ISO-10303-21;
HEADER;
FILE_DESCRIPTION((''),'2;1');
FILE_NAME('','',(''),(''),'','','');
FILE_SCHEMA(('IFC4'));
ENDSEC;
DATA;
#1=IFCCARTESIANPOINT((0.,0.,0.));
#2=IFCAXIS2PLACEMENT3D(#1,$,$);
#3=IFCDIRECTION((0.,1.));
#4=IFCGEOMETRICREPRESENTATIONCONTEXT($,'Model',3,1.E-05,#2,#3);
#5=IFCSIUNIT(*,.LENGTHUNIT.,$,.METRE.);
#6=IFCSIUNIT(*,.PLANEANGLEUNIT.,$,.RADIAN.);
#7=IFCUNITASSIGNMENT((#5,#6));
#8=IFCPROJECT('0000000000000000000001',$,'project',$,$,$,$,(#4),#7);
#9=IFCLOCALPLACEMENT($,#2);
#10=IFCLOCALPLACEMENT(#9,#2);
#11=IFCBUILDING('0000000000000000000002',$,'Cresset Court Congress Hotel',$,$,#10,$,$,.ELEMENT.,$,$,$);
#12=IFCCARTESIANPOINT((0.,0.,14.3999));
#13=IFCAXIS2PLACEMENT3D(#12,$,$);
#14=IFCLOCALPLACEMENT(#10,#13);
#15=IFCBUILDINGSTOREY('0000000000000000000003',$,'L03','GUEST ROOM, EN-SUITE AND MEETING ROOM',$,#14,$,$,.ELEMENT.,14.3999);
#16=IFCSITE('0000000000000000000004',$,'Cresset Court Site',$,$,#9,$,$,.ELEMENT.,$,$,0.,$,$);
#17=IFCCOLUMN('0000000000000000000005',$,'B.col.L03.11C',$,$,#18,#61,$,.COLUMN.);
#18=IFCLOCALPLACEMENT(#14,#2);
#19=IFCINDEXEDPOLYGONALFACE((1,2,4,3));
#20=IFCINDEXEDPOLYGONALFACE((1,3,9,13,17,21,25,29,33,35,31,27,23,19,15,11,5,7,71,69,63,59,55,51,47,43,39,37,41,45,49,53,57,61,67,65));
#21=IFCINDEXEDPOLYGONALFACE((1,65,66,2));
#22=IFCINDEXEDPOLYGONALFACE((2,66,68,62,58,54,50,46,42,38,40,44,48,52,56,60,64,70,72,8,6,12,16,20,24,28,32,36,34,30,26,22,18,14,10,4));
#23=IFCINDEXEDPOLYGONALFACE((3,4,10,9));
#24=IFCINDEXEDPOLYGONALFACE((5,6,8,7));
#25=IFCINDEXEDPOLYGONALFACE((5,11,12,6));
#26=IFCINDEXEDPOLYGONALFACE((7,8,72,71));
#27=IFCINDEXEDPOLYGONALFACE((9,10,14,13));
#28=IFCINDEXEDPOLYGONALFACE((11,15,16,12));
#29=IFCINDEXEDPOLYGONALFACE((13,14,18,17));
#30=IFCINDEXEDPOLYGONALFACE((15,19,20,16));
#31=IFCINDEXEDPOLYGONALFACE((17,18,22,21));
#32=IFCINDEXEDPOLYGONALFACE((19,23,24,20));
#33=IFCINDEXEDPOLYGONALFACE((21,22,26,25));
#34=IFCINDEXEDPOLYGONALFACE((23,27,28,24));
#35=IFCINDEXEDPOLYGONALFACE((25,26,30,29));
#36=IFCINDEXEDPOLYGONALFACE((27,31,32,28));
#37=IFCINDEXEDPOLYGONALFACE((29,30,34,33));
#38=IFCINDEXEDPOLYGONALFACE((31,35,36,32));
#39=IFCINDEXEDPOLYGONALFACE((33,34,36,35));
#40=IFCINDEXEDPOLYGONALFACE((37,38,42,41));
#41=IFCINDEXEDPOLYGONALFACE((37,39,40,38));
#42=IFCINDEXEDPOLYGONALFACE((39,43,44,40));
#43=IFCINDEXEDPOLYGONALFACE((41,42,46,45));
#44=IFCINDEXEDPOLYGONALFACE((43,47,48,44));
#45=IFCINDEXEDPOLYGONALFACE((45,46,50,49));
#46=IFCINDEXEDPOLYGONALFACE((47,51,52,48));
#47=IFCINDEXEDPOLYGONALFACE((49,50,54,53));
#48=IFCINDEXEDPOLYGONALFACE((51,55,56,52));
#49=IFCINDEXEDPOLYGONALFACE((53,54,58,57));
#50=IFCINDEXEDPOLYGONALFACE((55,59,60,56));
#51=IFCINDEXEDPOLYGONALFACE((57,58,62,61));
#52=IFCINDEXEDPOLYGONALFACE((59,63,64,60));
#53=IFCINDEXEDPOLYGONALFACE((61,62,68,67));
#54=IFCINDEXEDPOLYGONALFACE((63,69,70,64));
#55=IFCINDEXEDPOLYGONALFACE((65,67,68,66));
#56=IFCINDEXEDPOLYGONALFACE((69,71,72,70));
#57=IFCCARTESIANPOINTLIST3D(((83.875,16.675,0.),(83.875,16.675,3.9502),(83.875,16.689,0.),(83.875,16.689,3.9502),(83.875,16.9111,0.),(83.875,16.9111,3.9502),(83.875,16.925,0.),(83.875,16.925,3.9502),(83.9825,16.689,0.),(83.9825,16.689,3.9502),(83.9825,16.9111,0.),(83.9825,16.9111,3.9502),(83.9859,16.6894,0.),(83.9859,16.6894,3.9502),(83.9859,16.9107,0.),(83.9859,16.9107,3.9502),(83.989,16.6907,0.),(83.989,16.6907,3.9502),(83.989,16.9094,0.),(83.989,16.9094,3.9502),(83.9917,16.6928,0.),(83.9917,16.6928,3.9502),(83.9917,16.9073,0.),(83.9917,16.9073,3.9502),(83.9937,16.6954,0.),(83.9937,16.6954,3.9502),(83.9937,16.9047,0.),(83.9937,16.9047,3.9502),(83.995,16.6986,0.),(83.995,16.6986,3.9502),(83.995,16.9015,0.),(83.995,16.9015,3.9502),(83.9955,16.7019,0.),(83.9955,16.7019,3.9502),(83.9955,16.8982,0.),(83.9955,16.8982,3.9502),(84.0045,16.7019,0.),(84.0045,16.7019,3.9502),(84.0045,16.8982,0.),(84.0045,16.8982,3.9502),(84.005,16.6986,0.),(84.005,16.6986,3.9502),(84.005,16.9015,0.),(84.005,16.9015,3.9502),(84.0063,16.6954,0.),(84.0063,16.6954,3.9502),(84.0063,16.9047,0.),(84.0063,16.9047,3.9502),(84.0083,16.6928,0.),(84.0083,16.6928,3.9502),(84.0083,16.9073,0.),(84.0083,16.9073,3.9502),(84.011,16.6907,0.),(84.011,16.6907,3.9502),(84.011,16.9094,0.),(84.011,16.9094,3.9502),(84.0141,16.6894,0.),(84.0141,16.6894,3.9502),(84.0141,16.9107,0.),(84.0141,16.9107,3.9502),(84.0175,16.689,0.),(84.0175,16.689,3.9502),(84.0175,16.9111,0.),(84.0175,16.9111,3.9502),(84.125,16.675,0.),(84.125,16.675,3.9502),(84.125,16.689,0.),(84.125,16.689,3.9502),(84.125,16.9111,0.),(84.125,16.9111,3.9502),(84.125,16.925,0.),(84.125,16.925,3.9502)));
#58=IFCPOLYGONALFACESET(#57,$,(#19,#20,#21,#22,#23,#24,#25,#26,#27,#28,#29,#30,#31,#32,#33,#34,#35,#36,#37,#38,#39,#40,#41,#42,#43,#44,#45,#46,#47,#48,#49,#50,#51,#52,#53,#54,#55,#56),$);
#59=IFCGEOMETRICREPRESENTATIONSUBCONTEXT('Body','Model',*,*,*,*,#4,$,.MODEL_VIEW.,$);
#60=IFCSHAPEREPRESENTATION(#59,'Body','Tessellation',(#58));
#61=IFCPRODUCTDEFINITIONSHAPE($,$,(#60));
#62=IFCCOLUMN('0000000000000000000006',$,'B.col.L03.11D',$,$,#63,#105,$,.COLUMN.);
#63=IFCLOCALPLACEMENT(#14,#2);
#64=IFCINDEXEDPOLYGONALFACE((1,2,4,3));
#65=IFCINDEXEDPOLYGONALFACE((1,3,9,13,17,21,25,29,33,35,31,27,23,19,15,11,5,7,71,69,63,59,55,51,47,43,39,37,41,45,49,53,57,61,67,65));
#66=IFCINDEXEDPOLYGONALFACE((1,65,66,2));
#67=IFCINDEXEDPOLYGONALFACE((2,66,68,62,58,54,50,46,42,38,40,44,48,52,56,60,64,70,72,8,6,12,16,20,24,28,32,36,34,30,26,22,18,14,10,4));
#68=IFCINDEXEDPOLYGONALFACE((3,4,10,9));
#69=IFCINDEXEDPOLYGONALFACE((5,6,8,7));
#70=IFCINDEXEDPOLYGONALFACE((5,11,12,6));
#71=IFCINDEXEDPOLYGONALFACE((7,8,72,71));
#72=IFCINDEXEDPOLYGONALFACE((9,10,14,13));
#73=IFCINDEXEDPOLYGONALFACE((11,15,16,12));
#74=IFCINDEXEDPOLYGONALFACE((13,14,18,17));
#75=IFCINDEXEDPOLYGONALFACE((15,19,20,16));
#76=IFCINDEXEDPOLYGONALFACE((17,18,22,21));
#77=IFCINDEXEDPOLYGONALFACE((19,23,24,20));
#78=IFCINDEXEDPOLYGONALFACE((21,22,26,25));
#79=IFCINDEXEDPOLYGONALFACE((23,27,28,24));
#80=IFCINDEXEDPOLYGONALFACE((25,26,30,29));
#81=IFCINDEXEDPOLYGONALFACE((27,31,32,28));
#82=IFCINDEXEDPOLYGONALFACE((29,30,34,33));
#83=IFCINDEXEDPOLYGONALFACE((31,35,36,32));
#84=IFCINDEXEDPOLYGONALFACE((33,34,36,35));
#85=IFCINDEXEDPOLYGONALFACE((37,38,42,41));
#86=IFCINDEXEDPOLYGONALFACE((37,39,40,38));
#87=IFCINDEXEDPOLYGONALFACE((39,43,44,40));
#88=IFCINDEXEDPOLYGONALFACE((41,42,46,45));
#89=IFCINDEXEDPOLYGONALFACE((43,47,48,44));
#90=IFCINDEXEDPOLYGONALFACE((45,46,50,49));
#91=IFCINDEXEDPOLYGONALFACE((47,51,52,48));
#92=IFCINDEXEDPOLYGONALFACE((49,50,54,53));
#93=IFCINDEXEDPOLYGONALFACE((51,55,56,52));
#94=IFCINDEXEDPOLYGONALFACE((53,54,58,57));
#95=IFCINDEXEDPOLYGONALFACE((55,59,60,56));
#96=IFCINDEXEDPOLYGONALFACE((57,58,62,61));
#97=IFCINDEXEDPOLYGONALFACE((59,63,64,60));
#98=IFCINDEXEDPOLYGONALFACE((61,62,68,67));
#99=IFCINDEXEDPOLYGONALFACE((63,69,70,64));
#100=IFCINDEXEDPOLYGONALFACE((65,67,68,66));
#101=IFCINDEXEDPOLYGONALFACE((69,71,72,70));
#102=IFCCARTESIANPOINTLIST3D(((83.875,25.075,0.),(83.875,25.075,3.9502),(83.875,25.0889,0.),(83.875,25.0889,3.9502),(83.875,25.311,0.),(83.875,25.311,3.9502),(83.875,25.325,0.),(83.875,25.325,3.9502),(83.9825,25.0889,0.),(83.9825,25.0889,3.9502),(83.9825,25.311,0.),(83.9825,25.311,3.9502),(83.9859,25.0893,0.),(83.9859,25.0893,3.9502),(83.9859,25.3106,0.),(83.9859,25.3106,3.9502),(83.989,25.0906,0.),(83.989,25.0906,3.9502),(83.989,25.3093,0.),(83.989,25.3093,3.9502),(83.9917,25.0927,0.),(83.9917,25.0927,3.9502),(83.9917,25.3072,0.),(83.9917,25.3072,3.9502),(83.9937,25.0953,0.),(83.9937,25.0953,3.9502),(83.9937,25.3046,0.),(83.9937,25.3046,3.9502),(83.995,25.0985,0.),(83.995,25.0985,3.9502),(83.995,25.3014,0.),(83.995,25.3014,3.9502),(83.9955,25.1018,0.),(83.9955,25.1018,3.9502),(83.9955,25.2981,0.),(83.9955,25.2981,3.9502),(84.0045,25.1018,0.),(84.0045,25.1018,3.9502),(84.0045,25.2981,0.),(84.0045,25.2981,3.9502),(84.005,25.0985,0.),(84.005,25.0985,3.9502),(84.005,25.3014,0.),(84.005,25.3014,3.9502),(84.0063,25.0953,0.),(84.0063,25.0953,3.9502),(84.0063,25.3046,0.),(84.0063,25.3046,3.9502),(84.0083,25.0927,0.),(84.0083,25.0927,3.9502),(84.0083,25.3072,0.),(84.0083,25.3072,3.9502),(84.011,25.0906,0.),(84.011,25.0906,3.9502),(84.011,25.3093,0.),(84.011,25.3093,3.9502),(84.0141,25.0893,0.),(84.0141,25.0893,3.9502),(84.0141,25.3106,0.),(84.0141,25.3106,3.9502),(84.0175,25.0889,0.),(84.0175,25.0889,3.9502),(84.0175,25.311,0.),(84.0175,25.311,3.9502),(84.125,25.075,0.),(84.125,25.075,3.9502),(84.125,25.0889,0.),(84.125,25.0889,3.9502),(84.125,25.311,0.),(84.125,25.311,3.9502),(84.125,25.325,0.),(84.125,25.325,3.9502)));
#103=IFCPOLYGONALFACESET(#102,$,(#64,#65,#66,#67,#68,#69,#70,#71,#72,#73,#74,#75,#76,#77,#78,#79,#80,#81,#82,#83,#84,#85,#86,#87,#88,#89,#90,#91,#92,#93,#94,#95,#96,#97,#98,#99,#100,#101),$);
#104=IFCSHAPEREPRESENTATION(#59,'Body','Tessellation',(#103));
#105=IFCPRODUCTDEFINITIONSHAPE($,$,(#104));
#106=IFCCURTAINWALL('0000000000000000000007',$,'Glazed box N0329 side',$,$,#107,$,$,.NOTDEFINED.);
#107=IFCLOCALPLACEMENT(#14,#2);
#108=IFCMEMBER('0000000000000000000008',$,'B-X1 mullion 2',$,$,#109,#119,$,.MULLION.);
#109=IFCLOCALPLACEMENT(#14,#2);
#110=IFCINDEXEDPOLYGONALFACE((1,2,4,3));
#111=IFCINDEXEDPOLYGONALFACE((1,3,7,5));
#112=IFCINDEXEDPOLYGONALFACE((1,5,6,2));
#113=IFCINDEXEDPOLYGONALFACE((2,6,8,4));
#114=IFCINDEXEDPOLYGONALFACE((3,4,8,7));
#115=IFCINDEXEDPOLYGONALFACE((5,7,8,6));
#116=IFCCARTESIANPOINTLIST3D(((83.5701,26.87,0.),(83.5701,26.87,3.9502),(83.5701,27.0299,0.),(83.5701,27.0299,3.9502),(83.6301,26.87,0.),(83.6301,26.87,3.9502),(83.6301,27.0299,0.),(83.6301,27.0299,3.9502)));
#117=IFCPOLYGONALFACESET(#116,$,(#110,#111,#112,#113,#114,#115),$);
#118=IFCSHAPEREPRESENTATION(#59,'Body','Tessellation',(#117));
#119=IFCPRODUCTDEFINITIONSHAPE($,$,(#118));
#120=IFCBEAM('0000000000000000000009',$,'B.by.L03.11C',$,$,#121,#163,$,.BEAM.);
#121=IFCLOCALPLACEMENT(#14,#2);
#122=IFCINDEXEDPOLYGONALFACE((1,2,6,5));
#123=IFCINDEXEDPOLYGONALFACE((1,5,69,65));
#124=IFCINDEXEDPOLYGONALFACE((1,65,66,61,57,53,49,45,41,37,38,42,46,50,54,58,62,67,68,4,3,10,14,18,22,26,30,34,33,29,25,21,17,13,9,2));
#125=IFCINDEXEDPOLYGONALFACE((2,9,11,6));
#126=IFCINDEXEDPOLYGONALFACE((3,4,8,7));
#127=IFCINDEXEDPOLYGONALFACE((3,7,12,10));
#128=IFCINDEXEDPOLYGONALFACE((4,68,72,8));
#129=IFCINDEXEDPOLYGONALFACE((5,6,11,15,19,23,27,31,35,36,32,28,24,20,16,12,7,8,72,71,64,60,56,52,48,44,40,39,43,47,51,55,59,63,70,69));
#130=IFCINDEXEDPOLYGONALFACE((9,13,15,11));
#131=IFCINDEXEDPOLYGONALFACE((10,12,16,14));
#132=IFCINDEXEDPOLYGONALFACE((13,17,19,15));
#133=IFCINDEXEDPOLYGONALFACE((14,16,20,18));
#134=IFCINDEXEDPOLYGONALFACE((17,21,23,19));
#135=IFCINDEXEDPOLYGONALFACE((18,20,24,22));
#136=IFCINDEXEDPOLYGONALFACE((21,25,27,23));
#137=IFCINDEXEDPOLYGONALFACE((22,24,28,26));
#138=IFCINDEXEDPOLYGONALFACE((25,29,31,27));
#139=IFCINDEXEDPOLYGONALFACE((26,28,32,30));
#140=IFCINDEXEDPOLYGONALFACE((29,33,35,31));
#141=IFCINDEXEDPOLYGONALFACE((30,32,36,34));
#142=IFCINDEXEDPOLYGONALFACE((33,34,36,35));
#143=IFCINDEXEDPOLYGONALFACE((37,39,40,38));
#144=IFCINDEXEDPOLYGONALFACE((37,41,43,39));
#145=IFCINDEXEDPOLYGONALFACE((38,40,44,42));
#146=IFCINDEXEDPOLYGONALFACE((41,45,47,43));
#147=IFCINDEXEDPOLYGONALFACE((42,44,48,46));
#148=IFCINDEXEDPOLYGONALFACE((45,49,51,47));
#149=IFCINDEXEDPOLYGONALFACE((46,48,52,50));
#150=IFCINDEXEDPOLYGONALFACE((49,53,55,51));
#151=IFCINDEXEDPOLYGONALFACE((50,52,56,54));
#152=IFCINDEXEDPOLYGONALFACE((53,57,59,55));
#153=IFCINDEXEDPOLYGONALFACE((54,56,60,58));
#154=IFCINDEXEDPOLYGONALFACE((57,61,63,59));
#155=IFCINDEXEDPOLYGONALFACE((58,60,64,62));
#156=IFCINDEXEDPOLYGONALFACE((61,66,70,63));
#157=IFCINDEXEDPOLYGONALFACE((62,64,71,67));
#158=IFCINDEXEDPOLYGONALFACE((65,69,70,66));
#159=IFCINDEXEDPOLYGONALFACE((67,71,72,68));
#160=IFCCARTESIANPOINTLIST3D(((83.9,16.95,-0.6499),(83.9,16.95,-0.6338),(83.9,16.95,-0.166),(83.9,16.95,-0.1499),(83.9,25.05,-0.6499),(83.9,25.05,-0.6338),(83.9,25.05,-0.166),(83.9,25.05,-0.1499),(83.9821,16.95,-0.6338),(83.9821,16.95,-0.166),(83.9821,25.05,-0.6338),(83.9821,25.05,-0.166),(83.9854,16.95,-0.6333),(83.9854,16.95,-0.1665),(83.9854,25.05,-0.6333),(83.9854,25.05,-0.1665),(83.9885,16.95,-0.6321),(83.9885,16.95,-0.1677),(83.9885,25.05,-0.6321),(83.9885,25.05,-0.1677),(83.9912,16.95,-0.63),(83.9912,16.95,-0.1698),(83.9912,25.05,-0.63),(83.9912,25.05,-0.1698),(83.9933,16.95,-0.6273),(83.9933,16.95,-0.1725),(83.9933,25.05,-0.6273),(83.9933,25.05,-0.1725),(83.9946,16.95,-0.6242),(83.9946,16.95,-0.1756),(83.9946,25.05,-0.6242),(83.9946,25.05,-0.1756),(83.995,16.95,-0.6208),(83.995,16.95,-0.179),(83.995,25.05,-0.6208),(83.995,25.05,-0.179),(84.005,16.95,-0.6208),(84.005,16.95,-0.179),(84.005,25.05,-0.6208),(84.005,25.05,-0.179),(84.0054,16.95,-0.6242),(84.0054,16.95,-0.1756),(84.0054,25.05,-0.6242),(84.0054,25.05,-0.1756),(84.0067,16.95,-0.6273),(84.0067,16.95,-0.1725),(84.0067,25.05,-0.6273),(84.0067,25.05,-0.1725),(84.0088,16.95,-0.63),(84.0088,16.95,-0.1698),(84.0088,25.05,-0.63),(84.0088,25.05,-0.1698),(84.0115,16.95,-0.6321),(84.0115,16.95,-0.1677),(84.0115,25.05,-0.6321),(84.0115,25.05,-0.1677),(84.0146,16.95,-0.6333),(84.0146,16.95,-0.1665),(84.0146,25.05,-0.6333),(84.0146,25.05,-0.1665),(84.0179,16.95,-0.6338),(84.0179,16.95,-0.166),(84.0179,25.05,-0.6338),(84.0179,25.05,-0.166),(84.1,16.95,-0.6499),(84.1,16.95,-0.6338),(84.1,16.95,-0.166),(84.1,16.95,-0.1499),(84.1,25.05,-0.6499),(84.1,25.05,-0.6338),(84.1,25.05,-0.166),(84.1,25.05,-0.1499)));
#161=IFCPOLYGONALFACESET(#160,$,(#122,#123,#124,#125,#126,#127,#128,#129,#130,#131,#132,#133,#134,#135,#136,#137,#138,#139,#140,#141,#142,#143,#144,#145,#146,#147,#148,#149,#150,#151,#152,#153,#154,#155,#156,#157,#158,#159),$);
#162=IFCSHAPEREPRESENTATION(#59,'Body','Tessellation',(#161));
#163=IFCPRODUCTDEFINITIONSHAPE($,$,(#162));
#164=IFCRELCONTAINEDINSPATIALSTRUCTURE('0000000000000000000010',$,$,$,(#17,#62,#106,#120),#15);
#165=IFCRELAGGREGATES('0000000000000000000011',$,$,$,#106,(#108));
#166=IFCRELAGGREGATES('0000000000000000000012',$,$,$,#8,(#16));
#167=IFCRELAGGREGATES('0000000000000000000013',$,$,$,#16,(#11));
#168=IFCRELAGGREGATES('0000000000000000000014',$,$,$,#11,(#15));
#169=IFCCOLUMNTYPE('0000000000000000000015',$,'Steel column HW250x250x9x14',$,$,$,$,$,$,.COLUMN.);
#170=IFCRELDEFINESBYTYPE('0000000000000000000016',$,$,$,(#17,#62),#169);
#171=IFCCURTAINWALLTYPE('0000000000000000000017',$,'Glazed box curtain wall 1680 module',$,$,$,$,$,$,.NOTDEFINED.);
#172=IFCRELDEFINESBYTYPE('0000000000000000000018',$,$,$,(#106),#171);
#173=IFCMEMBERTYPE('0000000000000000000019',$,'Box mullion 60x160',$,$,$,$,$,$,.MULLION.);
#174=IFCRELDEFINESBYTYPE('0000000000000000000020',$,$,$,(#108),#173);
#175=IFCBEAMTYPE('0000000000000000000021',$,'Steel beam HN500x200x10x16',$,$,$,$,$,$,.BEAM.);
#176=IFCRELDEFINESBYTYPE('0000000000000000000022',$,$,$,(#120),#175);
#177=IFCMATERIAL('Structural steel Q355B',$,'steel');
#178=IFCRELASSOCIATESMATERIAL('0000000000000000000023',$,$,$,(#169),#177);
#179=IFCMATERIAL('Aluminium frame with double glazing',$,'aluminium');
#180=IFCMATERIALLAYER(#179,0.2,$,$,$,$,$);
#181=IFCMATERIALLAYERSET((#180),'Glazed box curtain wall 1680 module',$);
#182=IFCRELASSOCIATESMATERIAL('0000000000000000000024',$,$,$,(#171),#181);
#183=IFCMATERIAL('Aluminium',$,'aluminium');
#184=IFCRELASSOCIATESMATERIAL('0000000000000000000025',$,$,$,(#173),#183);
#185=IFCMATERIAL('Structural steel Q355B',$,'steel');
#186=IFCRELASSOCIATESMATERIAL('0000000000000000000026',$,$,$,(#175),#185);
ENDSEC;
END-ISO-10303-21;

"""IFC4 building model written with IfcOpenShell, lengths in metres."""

from ifc_helpers import new_model, si_unit, direction, frame, origin, origin_2d, place, context, subcontext, project, spatial, rectangle, i_section, extrude, material, layer, layer_set, material_profile, profile_set, type_object, element, aggregate, save


model = new_model("IFC4")

# Units and contexts
model_context = context("Model", 3, precision=1e-05, world=origin(), true_north=direction((0.0, 1.0)))
body_context = subcontext(model_context, "Body", "Model", "MODEL_VIEW")
ifc_project = project(units=[si_unit("LENGTHUNIT", "METRE"), si_unit("PLANEANGLEUNIT", "RADIAN")], contexts=[model_context])

# Site, building, storey
site_placement = place(None, origin())
site = spatial("IfcSite", under=ifc_project, at=site_placement, Name="Cresset Court Site", CompositionType="ELEMENT", RefElevation=0.0)
building_placement = place(site_placement, origin())
building = spatial("IfcBuilding", under=site, at=building_placement, Name="Cresset Court Congress Hotel", CompositionType="ELEMENT")
storey_placement = place(building_placement, frame((0.0, 0.0, 14.3999)))
storey = spatial("IfcBuildingStorey", under=building, at=storey_placement, Name="L03", Description="GUEST ROOM, EN-SUITE AND MEETING ROOM", CompositionType="ELEMENT", Elevation=14.3999)

# Columns
ifc_material_1 = material(Name="Structural steel Q355B", Category="steel")
ifc_material_profile_1 = material_profile(ifc_material_1, i_section(OverallWidth=0.25, OverallDepth=0.25, WebThickness=0.009, FlangeThickness=0.0139, FilletRadius=0.0129, at=origin_2d()), Name="HW250x250x9x14")
ifc_profile_set_1 = profile_set([ifc_material_profile_1], Name="Structural steel Q355B")
column_type = type_object("IfcColumnType", Name="Steel column HW250x250x9x14", PredefinedType="COLUMN", material=ifc_profile_set_1)
for number, where, z_axis, x_axis, name in (
    (1, (84.0, 16.8, 0.0), (0.0, 0.0, 1.0), (1.0, 0.0, 0.0), "B.col.L03.11C"),
    (2, (84.0, 25.2, 0.0), (0.0, 0.0, 1.0), (1.0, 0.0, 0.0), "B.col.L03.11D"),
):
    element("IfcColumn", number, at=place(storey_placement, frame(where, z_axis=z_axis, x_axis=x_axis)), inside=storey, type_object=column_type, Name=name, PredefinedType="COLUMN", context=body_context, shape_type="SweptSolid", body=[
        extrude(i_section(OverallWidth=0.25, OverallDepth=0.25, WebThickness=0.009, FlangeThickness=0.0139, FilletRadius=0.0129, at=origin_2d()), origin(), (0.0, 0.0, 1.0), 3.9502),
    ])

# Curtain wall, member
ifc_material_2 = material(Name="Aluminium frame with double glazing", Category="aluminium")
ifc_layer_1 = layer(ifc_material_2, 0.2)
ifc_layer_set_1 = layer_set([ifc_layer_1], Name="Glazed box curtain wall 1680 module")
curtain_wall_type = type_object("IfcCurtainWallType", Name="Glazed box curtain wall 1680 module", PredefinedType="NOTDEFINED", material=ifc_layer_set_1)
curtain_wall_placement = place(storey_placement, origin())
curtain_wall = element("IfcCurtainWall", 3, at=curtain_wall_placement, inside=storey, type_object=curtain_wall_type, Name="Glazed box N0329 side", PredefinedType="NOTDEFINED")
ifc_material_3 = material(Name="Aluminium", Category="aluminium")
ifc_material_profile_2 = material_profile(ifc_material_3, rectangle(XDim=0.0601, YDim=0.1599, at=origin_2d()), Name="Box mullion 60x160")
ifc_profile_set_2 = profile_set([ifc_material_profile_2], Name="Aluminium")
member_type = type_object("IfcMemberType", Name="Box mullion 60x160", PredefinedType="MULLION", material=ifc_profile_set_2)
member_placement = place(storey_placement, frame((83.6001, 26.95, 0.0), z_axis=(0.0, 0.0, 1.0), x_axis=(-1.0, 0.0, 0.0)))
member = element("IfcMember", 4, at=member_placement, type_object=member_type, Name="B-X1 mullion 2", PredefinedType="MULLION", context=body_context, shape_type="SweptSolid", body=[
    extrude(rectangle(XDim=0.0601, YDim=0.1599, at=origin_2d()), origin(), (0.0, 0.0, 1.0), 3.9502),
])

# Beam
ifc_material_4 = material(Name="Structural steel Q355B", Category="steel")
ifc_material_profile_3 = material_profile(ifc_material_4, i_section(OverallWidth=0.2, OverallDepth=0.5, WebThickness=0.01, FlangeThickness=0.0161, FilletRadius=0.0129, at=origin_2d()), Name="HN500x200x10x16")
ifc_profile_set_3 = profile_set([ifc_material_profile_3], Name="Structural steel Q355B")
beam_type_1 = type_object("IfcBeamType", Name="Steel beam HN500x200x10x16", PredefinedType="BEAM", material=ifc_profile_set_3)
beam_1_placement = place(storey_placement, frame((84.0, 16.95, -0.3999), z_axis=(0.0, 1.0, 0.0), x_axis=(-1.0, 0.0, 0.0)))
element("IfcBeam", 5, at=beam_1_placement, inside=storey, type_object=beam_type_1, Name="B.by.L03.11C", PredefinedType="BEAM", context=body_context, shape_type="SweptSolid", body=[
    extrude(i_section(OverallWidth=0.2, OverallDepth=0.5, WebThickness=0.01, FlangeThickness=0.0161, FilletRadius=0.0129, at=origin_2d()), origin(), (0.0, 0.0, 1.0), 8.1001),
])

aggregate(curtain_wall, [member])

save(model, "model.ifc")
